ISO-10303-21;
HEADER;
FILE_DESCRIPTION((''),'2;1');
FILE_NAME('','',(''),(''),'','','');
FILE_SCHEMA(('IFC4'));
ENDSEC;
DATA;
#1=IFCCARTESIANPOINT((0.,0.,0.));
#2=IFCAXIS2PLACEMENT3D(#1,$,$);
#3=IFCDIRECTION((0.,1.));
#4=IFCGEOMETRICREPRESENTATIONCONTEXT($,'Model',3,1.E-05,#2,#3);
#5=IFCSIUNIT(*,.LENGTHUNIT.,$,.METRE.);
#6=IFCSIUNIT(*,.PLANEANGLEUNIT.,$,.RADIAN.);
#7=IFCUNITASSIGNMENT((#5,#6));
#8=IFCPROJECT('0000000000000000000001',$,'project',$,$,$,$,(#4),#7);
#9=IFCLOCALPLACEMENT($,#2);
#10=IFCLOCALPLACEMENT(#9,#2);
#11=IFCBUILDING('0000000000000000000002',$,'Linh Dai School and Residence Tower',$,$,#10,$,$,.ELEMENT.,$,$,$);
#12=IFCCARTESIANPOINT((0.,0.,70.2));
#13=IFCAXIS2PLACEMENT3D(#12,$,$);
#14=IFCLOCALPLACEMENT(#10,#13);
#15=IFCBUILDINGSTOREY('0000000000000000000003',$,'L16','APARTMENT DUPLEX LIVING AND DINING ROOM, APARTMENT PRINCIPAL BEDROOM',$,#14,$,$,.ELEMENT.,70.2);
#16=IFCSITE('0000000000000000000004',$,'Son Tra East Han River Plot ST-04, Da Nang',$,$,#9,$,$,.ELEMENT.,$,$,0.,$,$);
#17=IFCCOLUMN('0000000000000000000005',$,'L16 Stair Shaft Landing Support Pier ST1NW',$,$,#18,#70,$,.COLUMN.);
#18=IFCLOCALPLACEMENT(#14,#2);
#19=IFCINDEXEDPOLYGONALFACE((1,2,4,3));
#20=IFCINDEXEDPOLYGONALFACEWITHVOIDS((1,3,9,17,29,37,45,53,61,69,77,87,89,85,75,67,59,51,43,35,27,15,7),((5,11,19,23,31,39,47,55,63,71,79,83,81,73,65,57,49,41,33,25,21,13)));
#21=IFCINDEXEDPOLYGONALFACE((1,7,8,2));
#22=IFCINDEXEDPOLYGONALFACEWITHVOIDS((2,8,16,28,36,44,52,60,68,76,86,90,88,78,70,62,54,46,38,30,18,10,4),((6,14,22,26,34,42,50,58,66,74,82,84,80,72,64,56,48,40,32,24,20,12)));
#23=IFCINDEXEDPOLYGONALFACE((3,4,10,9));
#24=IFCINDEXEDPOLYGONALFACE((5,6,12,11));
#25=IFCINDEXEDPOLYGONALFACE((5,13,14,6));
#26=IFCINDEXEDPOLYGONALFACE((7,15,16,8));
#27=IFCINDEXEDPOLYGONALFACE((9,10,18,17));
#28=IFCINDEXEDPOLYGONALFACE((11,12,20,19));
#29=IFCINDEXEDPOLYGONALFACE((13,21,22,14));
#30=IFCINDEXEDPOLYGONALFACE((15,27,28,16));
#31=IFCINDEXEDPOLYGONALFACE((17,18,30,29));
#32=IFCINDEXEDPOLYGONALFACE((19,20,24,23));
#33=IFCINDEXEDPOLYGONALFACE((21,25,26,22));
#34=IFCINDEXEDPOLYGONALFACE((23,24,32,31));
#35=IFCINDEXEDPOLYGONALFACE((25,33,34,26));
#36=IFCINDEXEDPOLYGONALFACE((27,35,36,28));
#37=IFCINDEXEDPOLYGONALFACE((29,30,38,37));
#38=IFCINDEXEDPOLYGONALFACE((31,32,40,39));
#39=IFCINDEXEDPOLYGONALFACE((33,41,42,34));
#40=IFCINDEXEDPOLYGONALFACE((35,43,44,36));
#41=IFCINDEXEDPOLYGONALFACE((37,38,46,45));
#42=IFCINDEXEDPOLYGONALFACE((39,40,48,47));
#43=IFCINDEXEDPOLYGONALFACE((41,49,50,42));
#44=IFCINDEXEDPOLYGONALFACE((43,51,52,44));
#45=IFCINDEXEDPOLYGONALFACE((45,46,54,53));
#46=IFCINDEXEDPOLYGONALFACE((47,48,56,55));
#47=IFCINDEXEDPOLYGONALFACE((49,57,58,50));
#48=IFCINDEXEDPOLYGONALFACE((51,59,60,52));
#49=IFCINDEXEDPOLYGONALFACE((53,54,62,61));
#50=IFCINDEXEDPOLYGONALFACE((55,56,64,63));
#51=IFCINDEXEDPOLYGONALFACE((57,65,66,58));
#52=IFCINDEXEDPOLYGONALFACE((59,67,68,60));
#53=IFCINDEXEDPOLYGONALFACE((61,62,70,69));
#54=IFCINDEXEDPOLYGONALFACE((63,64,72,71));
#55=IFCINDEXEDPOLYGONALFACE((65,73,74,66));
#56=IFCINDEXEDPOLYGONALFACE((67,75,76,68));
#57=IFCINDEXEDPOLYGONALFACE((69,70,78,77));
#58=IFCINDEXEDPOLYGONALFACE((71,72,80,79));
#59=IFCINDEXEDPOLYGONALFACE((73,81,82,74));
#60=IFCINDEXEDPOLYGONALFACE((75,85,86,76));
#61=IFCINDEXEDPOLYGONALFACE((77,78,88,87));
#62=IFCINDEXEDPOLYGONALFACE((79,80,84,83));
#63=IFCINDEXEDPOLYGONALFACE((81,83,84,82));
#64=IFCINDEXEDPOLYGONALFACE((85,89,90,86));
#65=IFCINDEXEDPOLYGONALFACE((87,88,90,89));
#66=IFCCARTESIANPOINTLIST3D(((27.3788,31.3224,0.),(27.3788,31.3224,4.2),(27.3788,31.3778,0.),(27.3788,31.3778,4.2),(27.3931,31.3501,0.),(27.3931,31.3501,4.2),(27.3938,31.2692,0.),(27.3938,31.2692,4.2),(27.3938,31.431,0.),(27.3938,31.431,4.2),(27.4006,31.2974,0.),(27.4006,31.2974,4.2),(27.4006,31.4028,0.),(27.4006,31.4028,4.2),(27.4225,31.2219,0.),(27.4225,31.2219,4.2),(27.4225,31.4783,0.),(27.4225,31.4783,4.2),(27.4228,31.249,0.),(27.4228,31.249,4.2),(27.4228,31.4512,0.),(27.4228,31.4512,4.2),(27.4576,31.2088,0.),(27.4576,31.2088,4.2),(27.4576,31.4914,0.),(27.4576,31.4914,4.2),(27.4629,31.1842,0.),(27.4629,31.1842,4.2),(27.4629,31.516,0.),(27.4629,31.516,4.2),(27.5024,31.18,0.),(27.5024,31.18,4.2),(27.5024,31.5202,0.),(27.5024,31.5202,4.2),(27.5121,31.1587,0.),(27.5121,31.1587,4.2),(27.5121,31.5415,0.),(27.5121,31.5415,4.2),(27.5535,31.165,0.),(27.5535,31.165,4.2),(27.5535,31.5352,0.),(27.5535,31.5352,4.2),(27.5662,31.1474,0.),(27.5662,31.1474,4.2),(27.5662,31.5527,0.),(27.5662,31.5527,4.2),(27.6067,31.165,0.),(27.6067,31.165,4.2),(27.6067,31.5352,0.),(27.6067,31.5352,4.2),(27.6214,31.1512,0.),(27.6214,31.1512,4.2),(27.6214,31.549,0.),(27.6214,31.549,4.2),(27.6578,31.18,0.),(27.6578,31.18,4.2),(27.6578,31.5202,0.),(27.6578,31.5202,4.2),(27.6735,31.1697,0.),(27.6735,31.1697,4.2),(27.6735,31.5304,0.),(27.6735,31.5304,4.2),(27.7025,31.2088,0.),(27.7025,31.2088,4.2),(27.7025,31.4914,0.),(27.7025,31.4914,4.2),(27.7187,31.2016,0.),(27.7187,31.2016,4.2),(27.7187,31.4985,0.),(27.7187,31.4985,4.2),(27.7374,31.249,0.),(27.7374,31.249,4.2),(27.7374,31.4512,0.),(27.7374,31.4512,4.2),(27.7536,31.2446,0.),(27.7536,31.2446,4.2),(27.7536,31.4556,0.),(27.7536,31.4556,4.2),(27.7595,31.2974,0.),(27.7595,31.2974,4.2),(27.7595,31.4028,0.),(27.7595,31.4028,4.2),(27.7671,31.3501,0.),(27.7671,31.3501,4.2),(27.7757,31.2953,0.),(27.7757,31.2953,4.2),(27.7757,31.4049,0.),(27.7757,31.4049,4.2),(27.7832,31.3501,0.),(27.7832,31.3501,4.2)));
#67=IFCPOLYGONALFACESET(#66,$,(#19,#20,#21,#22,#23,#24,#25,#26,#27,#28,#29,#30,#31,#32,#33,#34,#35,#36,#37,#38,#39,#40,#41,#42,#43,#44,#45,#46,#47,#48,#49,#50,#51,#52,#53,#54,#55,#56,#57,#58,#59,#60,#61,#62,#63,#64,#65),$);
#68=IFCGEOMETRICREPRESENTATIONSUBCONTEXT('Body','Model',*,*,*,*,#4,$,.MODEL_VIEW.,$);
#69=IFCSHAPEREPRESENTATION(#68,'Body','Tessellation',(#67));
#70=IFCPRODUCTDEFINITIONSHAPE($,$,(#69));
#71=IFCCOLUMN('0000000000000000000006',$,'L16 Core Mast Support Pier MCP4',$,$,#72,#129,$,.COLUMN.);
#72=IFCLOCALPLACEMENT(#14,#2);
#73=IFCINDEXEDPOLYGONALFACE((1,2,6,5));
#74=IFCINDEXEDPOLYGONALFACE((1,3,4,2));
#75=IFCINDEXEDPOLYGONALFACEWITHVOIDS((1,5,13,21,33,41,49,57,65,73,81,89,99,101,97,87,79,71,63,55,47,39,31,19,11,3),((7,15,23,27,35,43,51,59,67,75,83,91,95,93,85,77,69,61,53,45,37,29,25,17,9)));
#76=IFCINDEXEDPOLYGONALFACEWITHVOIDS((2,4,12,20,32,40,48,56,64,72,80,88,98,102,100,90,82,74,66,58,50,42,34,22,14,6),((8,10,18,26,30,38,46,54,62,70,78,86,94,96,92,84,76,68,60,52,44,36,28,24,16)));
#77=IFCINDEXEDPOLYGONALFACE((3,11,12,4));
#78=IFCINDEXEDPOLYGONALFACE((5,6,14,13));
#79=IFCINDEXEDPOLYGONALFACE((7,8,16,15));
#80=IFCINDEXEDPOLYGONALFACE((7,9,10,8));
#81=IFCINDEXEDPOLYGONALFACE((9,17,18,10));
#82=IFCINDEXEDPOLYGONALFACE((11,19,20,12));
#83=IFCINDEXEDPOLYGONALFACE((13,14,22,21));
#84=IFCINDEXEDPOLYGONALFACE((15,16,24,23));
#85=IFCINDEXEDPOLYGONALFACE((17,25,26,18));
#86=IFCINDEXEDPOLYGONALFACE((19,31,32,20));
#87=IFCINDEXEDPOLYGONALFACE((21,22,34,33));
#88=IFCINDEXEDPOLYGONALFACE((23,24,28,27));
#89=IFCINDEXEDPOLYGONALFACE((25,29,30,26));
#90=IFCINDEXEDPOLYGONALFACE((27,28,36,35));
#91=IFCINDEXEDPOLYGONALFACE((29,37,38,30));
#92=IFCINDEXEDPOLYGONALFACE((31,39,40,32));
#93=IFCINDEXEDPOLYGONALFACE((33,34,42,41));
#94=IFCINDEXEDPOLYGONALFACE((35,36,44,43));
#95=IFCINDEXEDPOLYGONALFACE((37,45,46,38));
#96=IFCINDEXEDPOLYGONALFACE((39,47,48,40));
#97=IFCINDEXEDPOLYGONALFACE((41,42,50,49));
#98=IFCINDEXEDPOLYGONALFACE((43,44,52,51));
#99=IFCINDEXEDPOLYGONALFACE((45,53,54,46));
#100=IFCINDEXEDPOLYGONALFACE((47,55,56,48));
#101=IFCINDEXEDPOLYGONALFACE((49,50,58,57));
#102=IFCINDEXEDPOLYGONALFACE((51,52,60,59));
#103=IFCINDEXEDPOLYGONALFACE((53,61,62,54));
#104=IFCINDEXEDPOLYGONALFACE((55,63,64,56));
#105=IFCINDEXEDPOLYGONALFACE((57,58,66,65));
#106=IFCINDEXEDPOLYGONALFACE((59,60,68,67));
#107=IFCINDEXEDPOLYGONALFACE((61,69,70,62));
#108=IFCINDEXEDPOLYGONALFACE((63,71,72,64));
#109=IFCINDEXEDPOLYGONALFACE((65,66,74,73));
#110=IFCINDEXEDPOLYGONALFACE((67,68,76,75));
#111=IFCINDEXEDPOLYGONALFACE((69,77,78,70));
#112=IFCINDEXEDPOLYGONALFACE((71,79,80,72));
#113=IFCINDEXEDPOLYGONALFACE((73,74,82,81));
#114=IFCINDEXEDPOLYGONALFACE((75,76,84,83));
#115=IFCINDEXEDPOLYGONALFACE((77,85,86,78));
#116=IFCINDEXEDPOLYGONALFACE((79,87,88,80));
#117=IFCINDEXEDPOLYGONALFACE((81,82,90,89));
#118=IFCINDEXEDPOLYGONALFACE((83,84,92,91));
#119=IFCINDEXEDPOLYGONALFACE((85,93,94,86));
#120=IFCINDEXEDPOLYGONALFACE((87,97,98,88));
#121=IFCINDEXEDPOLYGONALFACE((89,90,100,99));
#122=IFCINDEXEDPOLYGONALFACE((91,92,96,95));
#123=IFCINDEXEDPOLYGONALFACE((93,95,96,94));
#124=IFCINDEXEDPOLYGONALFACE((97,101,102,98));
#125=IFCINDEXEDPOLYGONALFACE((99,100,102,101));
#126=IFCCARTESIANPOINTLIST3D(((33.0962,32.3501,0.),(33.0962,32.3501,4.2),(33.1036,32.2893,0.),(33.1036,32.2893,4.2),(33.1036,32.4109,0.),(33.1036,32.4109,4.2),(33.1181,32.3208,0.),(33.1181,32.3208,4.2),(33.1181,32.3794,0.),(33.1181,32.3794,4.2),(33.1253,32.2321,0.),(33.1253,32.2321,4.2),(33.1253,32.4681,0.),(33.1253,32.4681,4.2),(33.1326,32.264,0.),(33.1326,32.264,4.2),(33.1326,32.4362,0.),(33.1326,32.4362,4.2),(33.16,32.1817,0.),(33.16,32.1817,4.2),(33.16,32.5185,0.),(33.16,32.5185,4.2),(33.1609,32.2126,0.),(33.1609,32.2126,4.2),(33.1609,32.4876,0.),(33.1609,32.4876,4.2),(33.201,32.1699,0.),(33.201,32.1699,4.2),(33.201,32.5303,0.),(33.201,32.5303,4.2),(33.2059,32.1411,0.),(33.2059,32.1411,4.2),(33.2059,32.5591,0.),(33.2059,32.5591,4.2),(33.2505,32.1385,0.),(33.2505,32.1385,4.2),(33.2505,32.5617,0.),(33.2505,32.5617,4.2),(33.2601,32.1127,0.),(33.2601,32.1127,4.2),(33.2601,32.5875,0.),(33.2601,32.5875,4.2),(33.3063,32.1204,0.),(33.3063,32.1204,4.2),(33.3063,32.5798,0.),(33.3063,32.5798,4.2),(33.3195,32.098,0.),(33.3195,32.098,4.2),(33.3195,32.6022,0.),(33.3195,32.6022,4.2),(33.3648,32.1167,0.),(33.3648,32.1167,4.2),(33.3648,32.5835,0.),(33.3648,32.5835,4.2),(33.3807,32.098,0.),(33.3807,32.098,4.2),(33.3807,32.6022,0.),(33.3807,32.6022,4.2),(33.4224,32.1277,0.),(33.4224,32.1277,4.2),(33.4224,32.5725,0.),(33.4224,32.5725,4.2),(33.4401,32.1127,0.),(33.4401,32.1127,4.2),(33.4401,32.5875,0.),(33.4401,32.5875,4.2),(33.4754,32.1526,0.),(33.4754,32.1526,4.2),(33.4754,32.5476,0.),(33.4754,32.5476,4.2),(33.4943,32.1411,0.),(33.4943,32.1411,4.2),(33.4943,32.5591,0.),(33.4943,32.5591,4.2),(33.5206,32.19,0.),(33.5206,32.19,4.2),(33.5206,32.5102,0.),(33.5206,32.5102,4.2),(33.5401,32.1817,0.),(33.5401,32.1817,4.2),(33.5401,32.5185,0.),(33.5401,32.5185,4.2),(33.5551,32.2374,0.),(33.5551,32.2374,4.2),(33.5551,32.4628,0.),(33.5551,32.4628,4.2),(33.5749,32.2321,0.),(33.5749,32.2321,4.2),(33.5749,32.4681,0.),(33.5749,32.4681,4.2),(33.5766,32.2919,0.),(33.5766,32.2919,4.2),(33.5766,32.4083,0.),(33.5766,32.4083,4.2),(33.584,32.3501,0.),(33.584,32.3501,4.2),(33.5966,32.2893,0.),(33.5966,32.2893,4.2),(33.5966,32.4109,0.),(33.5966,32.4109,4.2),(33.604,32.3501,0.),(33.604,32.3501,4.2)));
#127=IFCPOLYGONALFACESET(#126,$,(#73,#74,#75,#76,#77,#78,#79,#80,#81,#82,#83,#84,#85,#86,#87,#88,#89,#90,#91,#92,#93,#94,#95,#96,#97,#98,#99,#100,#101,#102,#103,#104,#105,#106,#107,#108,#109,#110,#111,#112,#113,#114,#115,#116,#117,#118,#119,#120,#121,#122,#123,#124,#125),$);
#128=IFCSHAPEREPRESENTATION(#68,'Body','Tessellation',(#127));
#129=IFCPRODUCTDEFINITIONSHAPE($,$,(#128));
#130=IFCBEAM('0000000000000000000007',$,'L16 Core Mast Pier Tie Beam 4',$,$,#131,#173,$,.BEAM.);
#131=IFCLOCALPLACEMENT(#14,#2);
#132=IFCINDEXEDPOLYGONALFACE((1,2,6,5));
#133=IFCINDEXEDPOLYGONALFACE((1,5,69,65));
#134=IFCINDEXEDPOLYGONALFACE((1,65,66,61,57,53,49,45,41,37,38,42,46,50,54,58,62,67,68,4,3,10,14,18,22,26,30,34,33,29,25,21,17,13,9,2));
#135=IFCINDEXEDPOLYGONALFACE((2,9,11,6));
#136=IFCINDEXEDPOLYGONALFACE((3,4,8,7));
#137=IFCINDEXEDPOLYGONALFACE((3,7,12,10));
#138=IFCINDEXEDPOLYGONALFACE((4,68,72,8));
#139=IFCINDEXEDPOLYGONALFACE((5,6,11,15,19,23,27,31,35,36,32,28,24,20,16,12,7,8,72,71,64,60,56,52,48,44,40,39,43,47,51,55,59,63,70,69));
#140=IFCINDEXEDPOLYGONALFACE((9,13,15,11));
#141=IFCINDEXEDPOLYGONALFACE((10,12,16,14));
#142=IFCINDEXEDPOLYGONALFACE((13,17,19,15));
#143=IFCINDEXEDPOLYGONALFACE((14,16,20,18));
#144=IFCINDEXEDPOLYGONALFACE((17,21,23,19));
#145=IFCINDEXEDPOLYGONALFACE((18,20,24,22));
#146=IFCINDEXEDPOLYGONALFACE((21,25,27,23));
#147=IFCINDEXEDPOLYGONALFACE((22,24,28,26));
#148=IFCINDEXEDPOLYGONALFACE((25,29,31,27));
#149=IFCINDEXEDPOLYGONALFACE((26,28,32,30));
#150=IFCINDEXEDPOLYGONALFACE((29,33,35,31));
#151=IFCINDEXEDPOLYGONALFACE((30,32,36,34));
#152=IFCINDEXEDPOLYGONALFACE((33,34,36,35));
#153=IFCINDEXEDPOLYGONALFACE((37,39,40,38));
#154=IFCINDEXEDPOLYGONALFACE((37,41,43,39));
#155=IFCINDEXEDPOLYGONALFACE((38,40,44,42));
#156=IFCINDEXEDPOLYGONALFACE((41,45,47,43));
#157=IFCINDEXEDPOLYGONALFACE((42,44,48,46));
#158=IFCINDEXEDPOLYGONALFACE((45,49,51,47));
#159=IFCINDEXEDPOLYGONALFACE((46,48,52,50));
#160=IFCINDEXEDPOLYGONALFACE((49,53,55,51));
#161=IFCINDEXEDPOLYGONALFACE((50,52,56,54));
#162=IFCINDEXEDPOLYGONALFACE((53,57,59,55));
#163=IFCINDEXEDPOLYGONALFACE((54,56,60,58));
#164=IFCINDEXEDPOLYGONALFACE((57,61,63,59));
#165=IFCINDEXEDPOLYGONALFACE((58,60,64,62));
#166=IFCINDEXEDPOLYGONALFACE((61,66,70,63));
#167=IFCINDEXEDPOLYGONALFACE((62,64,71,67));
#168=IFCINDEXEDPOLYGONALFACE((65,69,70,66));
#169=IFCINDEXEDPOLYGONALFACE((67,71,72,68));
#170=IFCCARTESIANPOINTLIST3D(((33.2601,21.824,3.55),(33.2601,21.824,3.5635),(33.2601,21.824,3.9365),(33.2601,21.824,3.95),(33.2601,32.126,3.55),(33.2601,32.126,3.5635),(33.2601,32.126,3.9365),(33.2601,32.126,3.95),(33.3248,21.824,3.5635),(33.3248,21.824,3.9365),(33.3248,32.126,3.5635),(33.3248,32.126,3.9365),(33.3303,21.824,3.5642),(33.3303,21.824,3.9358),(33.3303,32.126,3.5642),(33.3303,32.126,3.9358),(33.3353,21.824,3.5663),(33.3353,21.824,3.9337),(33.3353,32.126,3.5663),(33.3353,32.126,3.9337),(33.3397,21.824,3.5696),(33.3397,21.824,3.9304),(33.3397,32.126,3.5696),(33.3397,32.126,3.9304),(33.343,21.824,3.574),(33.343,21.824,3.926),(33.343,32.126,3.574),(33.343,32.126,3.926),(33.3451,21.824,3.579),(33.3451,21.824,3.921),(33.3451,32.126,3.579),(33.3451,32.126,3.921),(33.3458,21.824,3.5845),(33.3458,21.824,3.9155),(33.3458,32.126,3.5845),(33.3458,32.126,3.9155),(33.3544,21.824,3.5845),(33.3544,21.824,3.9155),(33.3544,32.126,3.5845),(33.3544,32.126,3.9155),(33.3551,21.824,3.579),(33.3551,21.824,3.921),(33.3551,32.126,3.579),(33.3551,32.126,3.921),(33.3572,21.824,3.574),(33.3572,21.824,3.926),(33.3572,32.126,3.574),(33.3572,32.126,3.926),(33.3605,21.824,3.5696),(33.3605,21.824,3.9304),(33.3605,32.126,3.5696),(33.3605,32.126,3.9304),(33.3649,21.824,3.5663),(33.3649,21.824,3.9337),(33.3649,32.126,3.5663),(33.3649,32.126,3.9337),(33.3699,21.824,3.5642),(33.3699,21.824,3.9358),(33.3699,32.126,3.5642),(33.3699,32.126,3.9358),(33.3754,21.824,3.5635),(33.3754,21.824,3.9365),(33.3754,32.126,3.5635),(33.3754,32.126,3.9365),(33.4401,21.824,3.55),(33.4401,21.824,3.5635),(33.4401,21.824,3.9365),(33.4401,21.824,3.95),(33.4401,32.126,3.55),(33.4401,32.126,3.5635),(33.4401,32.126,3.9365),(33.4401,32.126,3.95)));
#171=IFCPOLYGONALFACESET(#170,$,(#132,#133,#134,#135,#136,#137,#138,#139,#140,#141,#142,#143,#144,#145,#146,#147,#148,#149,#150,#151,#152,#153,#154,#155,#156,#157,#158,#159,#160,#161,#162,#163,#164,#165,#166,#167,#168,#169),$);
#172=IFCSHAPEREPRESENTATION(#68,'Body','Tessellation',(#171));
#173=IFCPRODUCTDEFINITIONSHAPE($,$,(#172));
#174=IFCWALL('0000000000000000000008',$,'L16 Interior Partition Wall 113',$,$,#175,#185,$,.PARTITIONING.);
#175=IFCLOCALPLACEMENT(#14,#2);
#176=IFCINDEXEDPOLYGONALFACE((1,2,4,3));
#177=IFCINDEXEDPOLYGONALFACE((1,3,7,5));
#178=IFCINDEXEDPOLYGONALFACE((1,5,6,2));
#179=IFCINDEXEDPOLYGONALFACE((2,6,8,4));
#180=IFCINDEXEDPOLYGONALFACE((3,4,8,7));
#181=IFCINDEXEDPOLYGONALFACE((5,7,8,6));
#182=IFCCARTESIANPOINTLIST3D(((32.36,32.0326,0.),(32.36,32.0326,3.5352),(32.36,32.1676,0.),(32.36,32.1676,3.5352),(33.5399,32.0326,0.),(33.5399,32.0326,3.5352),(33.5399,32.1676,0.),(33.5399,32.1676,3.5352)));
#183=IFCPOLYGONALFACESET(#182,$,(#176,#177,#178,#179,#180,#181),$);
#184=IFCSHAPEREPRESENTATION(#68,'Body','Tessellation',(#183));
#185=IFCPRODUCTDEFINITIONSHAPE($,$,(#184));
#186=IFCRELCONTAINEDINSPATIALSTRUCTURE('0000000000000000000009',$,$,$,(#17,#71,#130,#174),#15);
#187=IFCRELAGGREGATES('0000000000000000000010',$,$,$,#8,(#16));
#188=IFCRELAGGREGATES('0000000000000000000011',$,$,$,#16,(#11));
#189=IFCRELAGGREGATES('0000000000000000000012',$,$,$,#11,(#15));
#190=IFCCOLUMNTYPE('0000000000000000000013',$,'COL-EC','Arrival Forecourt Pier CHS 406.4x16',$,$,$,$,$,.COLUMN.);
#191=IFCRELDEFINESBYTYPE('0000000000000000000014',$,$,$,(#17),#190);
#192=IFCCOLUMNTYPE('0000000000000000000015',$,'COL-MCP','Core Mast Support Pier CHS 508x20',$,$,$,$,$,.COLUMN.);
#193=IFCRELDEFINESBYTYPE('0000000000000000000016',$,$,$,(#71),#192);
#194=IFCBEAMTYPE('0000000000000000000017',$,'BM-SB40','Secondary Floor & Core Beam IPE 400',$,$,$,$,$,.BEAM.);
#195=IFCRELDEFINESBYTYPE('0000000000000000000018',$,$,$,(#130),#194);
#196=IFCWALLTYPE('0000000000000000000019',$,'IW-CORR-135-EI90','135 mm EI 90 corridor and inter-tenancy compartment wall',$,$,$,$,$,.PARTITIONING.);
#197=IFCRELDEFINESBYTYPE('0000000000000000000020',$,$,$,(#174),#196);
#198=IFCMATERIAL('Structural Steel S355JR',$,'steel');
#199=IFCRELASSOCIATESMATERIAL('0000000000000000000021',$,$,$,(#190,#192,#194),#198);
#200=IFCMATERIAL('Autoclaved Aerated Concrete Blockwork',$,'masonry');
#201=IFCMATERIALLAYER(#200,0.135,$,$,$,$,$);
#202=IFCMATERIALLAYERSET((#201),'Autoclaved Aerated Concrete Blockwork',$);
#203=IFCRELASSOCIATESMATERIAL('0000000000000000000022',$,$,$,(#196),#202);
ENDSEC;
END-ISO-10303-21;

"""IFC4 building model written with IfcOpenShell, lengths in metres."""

from ifc_helpers import new_model, si_unit, direction, frame, frame_2d, origin, origin_2d, place, context, subcontext, project, spatial, rectangle, hollow_circle, i_section, extrude, material, layer, layer_set, material_profile, profile_set, type_object, element, save


model = new_model("IFC4")

# Units and contexts
model_context = context("Model", 3, precision=1e-05, world=origin(), true_north=direction((0.0, 1.0)))
body_context = subcontext(model_context, "Body", "Model", "MODEL_VIEW")
ifc_project = project(units=[si_unit("LENGTHUNIT", "METRE"), si_unit("PLANEANGLEUNIT", "RADIAN")], contexts=[model_context])

# Site, building, storey
site_placement = place(None, origin())
site = spatial("IfcSite", under=ifc_project, at=site_placement, Name="Son Tra East Han River Plot ST-04, Da Nang", CompositionType="ELEMENT", RefElevation=0.0)
building_placement = place(site_placement, origin())
building = spatial("IfcBuilding", under=site, at=building_placement, Name="Linh Dai School and Residence Tower", CompositionType="ELEMENT")
storey_placement = place(building_placement, frame((0.0, 0.0, 70.2)))
storey = spatial("IfcBuildingStorey", under=building, at=storey_placement, Name="L16", Description="APARTMENT DUPLEX LIVING AND DINING ROOM, APARTMENT PRINCIPAL BEDROOM", CompositionType="ELEMENT", Elevation=70.2)

# Columns
ifc_material_1 = material(Name="Structural Steel S355JR", Category="steel")
ifc_material_profile_1 = material_profile(ifc_material_1, hollow_circle(Radius=0.2031, WallThickness=0.0161, at=origin_2d()), Name="CHS 406.4x16")
ifc_profile_set_1 = profile_set([ifc_material_profile_1], Name="Structural Steel S355JR")
column_type_1 = type_object("IfcColumnType", Name="COL-EC", Description="Arrival Forecourt Pier CHS 406.4x16", PredefinedType="COLUMN", material=ifc_profile_set_1)
column_1_placement = place(storey_placement, frame((27.5801, 31.3501, 0.0), z_axis=(0.0, 0.0, 1.0), x_axis=(1.0, 0.0, 0.0)))
element("IfcColumn", 1, at=column_1_placement, inside=storey, type_object=column_type_1, Name="L16 Stair Shaft Landing Support Pier ST1NW", PredefinedType="COLUMN", context=body_context, shape_type="SweptSolid", body=[
    extrude(hollow_circle(Radius=0.2031, WallThickness=0.0161, at=origin_2d()), origin(), (0.0, 0.0, 1.0), 4.2),
])
ifc_material_profile_2 = material_profile(ifc_material_1, hollow_circle(Radius=0.2539, WallThickness=0.02, at=origin_2d()), Name="CHS 508x20")
ifc_profile_set_2 = profile_set([ifc_material_profile_2], Name="Structural Steel S355JR")
column_type_2 = type_object("IfcColumnType", Name="COL-MCP", Description="Core Mast Support Pier CHS 508x20", PredefinedType="COLUMN", material=ifc_profile_set_2)
column_2_placement = place(storey_placement, frame((33.3501, 32.3501, 0.0), z_axis=(0.0, 0.0, 1.0), x_axis=(1.0, 0.0, 0.0)))
element("IfcColumn", 2, at=column_2_placement, inside=storey, type_object=column_type_2, Name="L16 Core Mast Support Pier MCP4", PredefinedType="COLUMN", context=body_context, shape_type="SweptSolid", body=[
    extrude(hollow_circle(Radius=0.2539, WallThickness=0.02, at=origin_2d()), origin(), (0.0, 0.0, 1.0), 4.2),
])

# Beam
ifc_material_profile_3 = material_profile(ifc_material_1, i_section(OverallWidth=0.1799, OverallDepth=0.3999, WebThickness=0.0085, FlangeThickness=0.0134, FilletRadius=0.021, at=origin_2d()), Name="IPE 400")
ifc_profile_set_3 = profile_set([ifc_material_profile_3], Name="Structural Steel S355JR")
beam_type = type_object("IfcBeamType", Name="BM-SB40", Description="Secondary Floor & Core Beam IPE 400", PredefinedType="BEAM", material=ifc_profile_set_3)
beam_placement = place(storey_placement, frame((33.3501, 32.126, 3.75), z_axis=(0.0, -1.0, 0.0), x_axis=(1.0, 0.0, 0.0)))
element("IfcBeam", 3, at=beam_placement, inside=storey, type_object=beam_type, Name="L16 Core Mast Pier Tie Beam 4", PredefinedType="BEAM", context=body_context, shape_type="SweptSolid", body=[
    extrude(i_section(OverallWidth=0.1799, OverallDepth=0.3999, WebThickness=0.0085, FlangeThickness=0.0134, FilletRadius=0.021, at=origin_2d()), origin(), (0.0, 0.0, 1.0), 10.302),
])

# Wall
ifc_material_2 = material(Name="Autoclaved Aerated Concrete Blockwork", Category="masonry")
ifc_layer_1 = layer(ifc_material_2, 0.135)
ifc_layer_set_1 = layer_set([ifc_layer_1], Name="Autoclaved Aerated Concrete Blockwork")
wall_type_1 = type_object("IfcWallType", Name="IW-CORR-135-EI90", Description="135 mm EI 90 corridor and inter-tenancy compartment wall", PredefinedType="PARTITIONING", material=ifc_layer_set_1)
wall_1_placement = place(storey_placement, frame((32.3601, 32.1001, 0.0), z_axis=(0.0, 0.0, 1.0), x_axis=(1.0, 0.0, 0.0)))
element("IfcWall", 4, at=wall_1_placement, inside=storey, type_object=wall_type_1, Name="L16 Interior Partition Wall 113", PredefinedType="PARTITIONING", context=body_context, shape_type="SweptSolid", body=[
    extrude(rectangle(XDim=1.1799, YDim=0.135, at=frame_2d((0.5898, 0.0))), origin(), (0.0, 0.0, 1.0), 3.5352),
])

save(model, "model.ifc")
